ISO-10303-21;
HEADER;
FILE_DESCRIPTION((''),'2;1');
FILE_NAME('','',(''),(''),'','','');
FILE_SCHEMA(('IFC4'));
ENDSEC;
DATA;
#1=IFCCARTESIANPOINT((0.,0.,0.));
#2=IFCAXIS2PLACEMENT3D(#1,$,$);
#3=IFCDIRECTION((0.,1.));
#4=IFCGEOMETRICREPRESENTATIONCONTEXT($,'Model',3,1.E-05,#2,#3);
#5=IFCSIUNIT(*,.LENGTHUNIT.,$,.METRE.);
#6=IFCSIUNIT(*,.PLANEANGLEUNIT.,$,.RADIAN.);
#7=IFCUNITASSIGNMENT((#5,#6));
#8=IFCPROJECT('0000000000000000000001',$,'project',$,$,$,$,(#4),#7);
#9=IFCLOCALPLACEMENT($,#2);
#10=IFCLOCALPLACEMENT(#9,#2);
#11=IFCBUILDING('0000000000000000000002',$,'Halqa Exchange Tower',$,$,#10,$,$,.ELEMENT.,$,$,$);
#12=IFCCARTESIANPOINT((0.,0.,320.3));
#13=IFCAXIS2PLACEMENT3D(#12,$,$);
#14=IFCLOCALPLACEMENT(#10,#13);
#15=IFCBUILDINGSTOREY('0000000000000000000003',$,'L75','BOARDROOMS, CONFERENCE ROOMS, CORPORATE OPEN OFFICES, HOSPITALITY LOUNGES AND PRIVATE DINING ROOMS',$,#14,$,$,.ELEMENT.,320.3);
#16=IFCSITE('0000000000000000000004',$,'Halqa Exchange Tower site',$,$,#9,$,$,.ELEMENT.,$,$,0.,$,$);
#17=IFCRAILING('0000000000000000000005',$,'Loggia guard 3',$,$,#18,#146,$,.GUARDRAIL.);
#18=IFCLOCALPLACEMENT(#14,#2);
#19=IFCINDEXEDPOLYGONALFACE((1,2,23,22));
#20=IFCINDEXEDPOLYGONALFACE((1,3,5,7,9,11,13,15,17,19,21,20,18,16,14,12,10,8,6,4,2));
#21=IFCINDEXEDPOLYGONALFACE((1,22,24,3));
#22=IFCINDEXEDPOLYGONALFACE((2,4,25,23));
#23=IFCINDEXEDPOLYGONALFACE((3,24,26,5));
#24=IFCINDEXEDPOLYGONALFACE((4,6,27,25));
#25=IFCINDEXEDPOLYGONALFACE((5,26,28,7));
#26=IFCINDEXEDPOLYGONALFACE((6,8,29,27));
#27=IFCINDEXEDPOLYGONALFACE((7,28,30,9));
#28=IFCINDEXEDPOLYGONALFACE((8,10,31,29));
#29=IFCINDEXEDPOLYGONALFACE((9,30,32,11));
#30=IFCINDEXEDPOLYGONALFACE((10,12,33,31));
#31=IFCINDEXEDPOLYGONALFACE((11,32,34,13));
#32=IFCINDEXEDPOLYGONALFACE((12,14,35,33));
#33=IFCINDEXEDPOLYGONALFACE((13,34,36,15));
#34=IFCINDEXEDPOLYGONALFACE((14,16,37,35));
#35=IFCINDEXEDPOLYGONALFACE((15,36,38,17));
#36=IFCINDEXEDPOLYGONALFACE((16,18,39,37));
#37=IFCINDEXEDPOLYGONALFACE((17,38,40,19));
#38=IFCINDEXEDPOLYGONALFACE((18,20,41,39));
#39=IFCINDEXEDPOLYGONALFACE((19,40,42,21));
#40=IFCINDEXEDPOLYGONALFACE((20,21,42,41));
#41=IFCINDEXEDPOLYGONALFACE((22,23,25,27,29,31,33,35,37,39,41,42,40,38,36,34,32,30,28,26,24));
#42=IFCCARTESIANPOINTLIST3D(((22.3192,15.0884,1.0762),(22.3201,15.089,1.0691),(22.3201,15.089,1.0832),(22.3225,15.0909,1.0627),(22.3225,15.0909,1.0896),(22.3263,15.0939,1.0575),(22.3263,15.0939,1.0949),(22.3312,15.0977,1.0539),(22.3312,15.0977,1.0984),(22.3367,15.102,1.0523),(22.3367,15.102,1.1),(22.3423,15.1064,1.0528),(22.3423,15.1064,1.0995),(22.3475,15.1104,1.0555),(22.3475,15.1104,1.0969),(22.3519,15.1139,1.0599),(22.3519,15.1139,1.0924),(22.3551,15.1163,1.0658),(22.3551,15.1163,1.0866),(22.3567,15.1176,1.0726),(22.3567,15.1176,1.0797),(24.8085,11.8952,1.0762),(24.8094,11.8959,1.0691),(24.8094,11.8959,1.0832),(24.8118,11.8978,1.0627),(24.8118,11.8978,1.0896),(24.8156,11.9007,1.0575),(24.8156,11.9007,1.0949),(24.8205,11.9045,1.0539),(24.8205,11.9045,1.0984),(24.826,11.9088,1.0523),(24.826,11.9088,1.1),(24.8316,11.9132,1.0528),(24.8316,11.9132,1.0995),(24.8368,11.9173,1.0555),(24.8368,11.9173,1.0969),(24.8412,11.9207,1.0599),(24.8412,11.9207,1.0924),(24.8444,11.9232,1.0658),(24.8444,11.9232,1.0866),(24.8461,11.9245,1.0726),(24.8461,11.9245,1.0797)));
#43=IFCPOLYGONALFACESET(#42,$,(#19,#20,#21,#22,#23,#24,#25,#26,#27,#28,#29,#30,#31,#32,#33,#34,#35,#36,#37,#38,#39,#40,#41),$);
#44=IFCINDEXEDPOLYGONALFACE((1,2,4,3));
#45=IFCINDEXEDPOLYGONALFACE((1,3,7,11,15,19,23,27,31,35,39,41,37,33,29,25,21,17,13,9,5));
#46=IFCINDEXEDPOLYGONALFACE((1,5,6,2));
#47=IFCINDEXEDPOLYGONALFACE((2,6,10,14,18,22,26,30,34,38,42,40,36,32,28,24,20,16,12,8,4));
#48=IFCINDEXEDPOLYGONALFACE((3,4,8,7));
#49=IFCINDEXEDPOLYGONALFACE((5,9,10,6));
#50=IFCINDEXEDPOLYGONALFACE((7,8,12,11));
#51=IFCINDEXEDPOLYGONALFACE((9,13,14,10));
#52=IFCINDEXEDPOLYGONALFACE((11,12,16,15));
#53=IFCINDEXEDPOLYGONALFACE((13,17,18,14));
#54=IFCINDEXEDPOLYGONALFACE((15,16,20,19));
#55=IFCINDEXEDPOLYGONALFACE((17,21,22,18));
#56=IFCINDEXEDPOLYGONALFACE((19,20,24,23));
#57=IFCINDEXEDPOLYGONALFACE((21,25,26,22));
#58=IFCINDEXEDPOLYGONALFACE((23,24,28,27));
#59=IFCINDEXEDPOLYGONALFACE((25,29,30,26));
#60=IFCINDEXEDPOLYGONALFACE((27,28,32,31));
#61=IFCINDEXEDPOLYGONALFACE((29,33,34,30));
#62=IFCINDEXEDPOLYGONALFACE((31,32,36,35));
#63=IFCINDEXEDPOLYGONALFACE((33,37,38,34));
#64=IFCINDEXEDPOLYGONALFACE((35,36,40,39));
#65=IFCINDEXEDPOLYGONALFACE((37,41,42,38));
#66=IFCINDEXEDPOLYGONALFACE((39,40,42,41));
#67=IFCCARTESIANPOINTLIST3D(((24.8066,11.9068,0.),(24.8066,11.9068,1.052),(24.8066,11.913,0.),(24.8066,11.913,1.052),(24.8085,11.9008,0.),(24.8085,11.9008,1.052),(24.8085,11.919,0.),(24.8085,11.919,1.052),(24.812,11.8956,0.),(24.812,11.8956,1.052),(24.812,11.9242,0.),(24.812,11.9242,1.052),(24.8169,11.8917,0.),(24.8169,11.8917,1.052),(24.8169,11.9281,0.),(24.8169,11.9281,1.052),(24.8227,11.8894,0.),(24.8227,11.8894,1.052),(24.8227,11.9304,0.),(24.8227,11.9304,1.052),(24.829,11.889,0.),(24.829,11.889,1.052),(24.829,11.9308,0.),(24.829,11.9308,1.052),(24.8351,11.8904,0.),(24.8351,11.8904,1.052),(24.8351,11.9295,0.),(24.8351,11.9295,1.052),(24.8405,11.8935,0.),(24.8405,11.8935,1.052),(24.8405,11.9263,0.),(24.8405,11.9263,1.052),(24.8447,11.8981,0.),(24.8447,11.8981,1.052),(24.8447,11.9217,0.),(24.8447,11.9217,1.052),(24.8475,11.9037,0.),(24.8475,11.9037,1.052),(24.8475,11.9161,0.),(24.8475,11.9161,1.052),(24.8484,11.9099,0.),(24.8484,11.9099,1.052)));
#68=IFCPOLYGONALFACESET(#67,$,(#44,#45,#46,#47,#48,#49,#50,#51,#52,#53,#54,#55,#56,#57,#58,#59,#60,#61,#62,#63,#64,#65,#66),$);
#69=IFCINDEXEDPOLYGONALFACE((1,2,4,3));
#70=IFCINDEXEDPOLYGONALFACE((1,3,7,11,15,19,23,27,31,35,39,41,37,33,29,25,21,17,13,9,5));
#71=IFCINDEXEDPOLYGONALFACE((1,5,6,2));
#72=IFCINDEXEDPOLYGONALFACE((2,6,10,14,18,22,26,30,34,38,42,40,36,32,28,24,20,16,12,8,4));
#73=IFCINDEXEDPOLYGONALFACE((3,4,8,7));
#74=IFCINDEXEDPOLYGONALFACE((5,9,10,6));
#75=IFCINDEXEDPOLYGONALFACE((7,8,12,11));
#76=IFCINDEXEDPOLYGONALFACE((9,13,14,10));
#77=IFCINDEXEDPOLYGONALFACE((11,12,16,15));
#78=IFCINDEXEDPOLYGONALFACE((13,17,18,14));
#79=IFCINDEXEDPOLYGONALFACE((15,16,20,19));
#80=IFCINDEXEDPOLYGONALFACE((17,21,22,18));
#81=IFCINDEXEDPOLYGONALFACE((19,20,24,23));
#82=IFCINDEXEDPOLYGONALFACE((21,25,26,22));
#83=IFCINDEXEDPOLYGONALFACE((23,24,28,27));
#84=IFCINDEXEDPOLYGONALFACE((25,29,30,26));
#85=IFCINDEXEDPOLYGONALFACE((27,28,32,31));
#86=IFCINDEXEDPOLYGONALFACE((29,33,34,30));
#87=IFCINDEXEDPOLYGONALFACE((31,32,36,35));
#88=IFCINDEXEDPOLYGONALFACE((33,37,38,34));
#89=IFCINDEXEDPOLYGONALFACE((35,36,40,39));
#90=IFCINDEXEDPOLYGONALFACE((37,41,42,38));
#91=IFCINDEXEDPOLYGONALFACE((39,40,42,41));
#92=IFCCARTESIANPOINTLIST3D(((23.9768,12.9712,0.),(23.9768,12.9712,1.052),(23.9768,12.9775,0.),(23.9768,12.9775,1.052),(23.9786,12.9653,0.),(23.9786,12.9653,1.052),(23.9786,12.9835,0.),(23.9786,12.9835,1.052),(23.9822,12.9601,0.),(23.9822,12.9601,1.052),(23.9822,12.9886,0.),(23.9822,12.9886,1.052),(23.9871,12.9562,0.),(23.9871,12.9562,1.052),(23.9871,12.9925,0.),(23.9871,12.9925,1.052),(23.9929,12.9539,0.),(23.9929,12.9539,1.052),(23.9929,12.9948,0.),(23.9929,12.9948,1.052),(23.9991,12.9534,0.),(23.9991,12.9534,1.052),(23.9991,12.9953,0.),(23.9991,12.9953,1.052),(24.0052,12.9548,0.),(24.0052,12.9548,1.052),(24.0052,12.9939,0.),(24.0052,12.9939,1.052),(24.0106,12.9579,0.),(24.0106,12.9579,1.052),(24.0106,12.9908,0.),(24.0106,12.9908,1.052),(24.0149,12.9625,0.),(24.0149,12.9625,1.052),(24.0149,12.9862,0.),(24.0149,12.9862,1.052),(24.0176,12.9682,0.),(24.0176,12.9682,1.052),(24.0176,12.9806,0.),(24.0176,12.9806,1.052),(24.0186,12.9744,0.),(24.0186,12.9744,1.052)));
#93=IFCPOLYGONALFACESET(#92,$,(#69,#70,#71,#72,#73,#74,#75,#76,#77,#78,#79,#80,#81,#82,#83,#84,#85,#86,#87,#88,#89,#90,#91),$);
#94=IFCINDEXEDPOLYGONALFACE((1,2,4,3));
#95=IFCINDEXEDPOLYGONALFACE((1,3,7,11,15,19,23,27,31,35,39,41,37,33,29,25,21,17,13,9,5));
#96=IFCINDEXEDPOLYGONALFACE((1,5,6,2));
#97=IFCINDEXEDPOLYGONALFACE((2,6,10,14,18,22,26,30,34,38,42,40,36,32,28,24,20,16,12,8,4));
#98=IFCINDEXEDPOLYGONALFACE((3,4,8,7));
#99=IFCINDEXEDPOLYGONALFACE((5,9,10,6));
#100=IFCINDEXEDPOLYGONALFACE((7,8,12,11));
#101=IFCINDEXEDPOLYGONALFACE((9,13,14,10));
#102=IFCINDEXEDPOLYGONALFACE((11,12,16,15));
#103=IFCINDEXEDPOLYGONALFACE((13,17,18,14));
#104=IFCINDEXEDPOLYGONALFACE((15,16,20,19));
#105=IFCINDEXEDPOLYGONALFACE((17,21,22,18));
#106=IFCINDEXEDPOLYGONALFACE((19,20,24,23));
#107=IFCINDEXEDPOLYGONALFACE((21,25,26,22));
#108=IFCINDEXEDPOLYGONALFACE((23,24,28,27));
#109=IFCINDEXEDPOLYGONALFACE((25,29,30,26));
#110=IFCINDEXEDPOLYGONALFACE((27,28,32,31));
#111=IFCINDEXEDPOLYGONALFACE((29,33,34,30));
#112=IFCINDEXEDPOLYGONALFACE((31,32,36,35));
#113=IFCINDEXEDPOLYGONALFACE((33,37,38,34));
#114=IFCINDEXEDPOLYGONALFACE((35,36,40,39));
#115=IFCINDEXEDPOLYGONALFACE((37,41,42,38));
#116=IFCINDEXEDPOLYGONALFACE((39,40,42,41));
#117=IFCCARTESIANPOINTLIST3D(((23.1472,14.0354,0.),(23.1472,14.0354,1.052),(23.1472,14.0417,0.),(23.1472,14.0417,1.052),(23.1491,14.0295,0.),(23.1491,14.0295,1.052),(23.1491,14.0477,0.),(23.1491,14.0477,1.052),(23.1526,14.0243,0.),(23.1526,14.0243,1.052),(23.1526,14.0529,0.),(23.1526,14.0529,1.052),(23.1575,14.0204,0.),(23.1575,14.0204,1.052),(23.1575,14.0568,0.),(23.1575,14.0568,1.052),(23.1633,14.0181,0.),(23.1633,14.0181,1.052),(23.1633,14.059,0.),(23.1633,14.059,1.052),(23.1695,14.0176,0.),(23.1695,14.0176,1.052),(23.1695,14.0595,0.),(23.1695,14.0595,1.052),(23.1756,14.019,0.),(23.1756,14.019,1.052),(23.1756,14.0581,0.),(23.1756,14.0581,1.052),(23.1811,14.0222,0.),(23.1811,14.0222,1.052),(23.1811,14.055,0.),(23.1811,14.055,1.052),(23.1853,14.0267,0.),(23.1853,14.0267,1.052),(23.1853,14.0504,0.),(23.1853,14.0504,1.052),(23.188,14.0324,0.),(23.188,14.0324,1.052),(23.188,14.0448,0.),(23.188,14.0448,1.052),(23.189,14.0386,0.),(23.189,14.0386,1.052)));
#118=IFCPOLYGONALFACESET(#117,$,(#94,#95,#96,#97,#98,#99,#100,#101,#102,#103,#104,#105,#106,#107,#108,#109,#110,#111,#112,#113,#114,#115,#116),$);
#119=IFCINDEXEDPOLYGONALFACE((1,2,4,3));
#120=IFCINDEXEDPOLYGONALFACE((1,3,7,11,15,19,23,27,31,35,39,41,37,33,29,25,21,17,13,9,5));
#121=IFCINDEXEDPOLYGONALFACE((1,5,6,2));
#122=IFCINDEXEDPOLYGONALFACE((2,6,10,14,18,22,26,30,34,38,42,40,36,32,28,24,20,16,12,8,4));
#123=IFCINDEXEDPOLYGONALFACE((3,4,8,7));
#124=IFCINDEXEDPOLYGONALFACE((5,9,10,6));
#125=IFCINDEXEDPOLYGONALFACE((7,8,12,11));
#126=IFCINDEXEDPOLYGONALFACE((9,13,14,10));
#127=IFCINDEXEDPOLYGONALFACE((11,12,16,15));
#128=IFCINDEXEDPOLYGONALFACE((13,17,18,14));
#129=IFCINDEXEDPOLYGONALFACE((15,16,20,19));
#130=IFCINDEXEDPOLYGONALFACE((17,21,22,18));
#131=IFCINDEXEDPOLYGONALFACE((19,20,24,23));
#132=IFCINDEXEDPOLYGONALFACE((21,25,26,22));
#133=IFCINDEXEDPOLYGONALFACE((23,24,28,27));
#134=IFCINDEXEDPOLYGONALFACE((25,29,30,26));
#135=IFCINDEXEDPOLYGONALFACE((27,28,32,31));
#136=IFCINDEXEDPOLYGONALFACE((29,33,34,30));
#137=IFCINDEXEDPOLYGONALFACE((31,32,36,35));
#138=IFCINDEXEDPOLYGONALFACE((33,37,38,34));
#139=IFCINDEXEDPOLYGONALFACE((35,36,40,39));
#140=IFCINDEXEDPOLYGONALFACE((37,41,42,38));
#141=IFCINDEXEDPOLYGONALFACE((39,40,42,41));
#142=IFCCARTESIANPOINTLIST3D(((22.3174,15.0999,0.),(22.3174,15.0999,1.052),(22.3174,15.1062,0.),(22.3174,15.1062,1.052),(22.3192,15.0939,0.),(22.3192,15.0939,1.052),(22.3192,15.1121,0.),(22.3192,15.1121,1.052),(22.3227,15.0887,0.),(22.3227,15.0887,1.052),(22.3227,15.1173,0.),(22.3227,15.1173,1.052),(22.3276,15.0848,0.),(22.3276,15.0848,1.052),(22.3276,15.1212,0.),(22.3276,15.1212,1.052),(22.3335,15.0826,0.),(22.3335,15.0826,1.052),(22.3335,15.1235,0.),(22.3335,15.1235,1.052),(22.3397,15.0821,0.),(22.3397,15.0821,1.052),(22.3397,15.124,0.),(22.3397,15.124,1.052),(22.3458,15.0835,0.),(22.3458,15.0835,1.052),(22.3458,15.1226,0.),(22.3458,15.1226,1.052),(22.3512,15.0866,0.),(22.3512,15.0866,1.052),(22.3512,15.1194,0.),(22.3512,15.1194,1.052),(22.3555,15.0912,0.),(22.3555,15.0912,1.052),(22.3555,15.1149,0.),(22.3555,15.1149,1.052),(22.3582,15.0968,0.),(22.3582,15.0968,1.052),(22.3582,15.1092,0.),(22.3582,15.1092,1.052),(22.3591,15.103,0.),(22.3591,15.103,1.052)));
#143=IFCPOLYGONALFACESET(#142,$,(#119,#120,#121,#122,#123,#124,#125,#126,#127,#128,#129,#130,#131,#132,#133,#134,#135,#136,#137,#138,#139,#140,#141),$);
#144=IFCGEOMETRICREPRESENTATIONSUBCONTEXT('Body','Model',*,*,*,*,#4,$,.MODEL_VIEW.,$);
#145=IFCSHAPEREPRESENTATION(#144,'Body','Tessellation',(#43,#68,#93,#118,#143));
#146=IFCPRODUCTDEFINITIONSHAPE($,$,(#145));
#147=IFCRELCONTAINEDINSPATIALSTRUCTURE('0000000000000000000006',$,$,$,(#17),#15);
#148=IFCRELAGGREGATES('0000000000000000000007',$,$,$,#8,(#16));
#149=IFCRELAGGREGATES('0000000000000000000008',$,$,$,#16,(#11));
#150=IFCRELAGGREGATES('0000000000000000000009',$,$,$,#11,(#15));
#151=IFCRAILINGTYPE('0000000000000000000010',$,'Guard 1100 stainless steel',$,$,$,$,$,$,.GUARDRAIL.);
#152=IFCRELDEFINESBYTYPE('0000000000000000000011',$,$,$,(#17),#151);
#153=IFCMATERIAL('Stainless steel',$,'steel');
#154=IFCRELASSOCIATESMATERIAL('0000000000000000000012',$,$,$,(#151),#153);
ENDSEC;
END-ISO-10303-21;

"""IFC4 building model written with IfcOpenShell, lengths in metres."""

from ifc_helpers import new_model, si_unit, direction, frame, origin, origin_2d, place, context, subcontext, project, spatial, circle, extrude, material, type_object, element, save


model = new_model("IFC4")

# Units and contexts
model_context = context("Model", 3, precision=1e-05, world=origin(), true_north=direction((0.0, 1.0)))
body_context = subcontext(model_context, "Body", "Model", "MODEL_VIEW")
ifc_project = project(units=[si_unit("LENGTHUNIT", "METRE"), si_unit("PLANEANGLEUNIT", "RADIAN")], contexts=[model_context])

# Site, building, storey
site_placement = place(None, origin())
site = spatial("IfcSite", under=ifc_project, at=site_placement, Name="Halqa Exchange Tower site", CompositionType="ELEMENT", RefElevation=0.0)
building_placement = place(site_placement, origin())
building = spatial("IfcBuilding", under=site, at=building_placement, Name="Halqa Exchange Tower", CompositionType="ELEMENT")
storey_placement = place(building_placement, frame((0.0, 0.0, 320.3)))
storey = spatial("IfcBuildingStorey", under=building, at=storey_placement, Name="L75", Description="BOARDROOMS, CONFERENCE ROOMS, CORPORATE OPEN OFFICES, HOSPITALITY LOUNGES AND PRIVATE DINING ROOMS", CompositionType="ELEMENT", Elevation=320.3)

# Railing
ifc_material_1 = material(Name="Stainless steel", Category="steel")
railing_type = type_object("IfcRailingType", Name="Guard 1100 stainless steel", PredefinedType="GUARDRAIL", material=ifc_material_1)
railing_1_placement = place(storey_placement, frame((24.8274, 11.9099, 0.0)))
element("IfcRailing", 1, at=railing_1_placement, inside=storey, type_object=railing_type, Name="Loggia guard 3", PredefinedType="GUARDRAIL", context=body_context, shape_type="SweptSolid", body=[
    extrude(circle(Radius=0.0239, at=origin_2d()), frame((0.0, 0.0, 1.0762), z_axis=(-0.614821, 0.788667, 0.0), x_axis=(-0.788667, -0.614821, 0.0)), (0.0, 0.0, 1.0), 4.0488),
    extrude(circle(Radius=0.021, at=origin_2d()), origin(), (0.0, 0.0, 1.0), 1.052),
    extrude(circle(Radius=0.021, at=origin_2d()), frame((-0.8298, 1.0645, 0.0)), (0.0, 0.0, 1.0), 1.052),
    extrude(circle(Radius=0.021, at=origin_2d()), frame((-1.6594, 2.1287, 0.0)), (0.0, 0.0, 1.0), 1.052),
    extrude(circle(Radius=0.021, at=origin_2d()), frame((-2.4893, 3.1931, 0.0)), (0.0, 0.0, 1.0), 1.052),
])

save(model, "model.ifc")
